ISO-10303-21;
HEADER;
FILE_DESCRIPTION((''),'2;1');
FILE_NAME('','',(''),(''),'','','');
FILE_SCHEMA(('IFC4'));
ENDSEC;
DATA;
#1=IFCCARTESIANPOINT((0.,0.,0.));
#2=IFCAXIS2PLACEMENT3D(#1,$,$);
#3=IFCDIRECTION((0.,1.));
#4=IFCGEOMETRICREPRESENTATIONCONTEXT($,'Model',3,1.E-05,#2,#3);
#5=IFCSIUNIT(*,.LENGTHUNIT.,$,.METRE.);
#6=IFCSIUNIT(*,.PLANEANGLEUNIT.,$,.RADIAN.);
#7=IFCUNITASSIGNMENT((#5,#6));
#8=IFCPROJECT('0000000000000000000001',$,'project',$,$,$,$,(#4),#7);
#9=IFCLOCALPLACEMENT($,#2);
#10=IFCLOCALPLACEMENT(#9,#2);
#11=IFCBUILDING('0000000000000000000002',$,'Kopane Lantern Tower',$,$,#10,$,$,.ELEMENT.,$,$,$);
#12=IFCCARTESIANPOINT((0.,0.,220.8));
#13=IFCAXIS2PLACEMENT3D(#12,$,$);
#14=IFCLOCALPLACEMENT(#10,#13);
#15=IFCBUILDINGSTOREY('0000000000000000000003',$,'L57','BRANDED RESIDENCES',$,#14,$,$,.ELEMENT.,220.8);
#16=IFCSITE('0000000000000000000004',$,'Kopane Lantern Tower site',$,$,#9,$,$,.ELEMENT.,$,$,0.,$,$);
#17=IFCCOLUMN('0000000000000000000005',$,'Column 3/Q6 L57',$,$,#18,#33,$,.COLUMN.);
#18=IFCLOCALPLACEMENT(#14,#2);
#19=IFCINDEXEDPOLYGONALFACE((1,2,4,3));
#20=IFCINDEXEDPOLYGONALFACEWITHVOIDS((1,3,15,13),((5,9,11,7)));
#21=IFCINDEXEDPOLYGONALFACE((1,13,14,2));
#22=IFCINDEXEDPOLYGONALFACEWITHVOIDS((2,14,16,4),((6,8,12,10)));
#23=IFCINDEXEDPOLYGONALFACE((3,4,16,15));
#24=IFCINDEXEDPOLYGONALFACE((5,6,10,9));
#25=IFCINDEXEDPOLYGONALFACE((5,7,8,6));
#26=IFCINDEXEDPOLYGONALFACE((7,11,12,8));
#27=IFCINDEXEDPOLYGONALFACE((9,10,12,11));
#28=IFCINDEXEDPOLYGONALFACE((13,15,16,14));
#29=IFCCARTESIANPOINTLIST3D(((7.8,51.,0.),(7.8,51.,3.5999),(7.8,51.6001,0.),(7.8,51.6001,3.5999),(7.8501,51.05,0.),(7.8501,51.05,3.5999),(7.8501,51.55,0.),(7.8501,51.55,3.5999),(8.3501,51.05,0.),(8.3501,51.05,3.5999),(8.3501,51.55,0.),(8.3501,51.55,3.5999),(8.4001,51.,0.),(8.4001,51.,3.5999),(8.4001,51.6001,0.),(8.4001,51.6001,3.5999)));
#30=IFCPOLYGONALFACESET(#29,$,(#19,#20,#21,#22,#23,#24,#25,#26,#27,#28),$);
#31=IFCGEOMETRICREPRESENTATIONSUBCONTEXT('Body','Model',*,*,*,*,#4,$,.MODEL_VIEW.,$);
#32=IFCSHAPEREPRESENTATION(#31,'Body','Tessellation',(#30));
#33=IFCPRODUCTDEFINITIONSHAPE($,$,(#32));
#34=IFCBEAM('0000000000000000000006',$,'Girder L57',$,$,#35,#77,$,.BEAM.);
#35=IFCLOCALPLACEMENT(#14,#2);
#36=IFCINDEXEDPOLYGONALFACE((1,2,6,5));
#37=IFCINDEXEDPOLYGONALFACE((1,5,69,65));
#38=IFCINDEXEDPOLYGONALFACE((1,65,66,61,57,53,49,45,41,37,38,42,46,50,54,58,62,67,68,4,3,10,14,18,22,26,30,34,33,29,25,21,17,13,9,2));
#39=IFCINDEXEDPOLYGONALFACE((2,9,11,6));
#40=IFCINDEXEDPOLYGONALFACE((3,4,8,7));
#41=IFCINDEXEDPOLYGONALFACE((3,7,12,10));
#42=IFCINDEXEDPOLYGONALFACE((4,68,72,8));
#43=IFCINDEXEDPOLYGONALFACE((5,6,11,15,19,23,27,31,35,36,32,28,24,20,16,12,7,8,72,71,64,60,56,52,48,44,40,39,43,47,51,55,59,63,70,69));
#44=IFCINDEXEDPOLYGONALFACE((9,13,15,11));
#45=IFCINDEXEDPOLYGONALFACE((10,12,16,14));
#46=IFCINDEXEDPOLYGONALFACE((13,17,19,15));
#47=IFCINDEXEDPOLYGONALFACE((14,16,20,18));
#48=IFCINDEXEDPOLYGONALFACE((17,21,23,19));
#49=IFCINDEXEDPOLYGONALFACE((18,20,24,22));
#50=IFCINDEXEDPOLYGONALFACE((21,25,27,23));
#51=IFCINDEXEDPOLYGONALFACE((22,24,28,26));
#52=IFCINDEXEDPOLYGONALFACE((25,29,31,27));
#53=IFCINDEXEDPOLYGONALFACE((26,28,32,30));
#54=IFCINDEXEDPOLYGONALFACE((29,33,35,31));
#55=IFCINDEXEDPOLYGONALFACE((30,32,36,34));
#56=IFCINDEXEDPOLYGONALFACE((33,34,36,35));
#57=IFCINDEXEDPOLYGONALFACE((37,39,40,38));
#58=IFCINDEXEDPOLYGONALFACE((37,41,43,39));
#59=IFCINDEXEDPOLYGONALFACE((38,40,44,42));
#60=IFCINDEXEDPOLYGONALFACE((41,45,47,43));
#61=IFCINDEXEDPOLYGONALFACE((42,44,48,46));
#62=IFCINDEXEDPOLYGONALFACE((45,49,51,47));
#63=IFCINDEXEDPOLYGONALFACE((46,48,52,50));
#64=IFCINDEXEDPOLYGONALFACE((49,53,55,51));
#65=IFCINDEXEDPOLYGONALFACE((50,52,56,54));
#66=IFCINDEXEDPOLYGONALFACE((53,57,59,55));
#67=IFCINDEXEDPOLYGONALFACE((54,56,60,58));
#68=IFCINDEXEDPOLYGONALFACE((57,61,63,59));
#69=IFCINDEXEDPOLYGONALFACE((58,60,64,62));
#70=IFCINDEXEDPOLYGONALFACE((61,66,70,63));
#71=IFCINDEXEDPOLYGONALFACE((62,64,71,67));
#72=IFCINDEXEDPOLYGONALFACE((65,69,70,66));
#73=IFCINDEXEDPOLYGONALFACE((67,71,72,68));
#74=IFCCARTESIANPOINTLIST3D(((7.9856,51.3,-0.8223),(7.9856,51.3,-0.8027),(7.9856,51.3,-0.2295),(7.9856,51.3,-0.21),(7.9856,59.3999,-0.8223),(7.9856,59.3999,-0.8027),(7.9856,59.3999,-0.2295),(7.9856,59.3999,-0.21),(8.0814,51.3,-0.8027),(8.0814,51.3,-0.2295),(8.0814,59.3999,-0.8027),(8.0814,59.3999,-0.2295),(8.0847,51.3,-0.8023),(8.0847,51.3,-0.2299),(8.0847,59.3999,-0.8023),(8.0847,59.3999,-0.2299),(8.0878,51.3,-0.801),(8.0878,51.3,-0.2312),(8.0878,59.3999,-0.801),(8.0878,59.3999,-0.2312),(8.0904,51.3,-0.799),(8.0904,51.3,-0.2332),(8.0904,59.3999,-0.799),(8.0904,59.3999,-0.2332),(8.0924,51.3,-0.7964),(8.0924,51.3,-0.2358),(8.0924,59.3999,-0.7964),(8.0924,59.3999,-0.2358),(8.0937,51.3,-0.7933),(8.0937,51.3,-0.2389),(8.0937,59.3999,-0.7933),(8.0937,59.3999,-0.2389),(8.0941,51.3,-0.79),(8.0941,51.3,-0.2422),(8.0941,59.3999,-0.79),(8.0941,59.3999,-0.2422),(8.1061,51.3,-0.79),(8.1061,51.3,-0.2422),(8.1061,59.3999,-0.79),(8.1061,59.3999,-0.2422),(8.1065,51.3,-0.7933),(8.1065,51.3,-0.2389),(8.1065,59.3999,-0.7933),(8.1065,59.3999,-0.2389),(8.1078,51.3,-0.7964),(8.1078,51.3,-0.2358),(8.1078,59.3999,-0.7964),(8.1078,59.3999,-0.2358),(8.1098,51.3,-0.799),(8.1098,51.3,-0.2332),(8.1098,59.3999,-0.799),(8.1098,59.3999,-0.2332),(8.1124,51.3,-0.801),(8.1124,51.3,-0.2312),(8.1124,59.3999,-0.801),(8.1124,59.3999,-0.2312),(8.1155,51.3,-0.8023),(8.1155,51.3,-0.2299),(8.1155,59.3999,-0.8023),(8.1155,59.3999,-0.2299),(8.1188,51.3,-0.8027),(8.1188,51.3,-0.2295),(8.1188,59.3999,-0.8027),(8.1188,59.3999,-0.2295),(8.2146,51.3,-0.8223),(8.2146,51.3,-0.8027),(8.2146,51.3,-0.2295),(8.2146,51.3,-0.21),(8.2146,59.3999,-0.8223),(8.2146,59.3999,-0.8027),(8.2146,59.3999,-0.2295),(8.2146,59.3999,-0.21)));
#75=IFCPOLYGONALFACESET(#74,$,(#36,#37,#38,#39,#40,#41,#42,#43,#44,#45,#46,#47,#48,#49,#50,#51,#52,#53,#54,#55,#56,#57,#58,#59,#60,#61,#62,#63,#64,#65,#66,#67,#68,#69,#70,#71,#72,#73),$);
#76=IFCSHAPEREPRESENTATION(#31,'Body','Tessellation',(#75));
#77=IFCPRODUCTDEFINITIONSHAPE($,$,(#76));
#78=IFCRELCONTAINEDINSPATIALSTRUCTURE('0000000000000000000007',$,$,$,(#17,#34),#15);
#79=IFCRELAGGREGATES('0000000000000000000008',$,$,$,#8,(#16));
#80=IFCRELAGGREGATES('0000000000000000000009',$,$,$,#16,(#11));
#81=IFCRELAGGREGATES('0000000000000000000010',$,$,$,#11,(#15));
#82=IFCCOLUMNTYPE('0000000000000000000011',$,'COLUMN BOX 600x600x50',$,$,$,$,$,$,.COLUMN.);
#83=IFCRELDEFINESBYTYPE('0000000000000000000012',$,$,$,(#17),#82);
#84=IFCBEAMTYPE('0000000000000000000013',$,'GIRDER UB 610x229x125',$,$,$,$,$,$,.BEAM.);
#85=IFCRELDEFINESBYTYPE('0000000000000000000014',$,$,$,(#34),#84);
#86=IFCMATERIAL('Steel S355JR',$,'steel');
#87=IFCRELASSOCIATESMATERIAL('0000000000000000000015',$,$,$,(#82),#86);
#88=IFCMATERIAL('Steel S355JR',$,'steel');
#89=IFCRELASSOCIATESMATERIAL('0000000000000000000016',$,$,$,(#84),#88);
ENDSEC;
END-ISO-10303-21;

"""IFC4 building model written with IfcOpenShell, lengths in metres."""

from ifc_helpers import new_model, si_unit, direction, frame, origin, origin_2d, place, context, subcontext, project, spatial, hollow_rectangle, i_section, extrude, material, material_profile, profile_set, type_object, element, save


model = new_model("IFC4")

# Units and contexts
model_context = context("Model", 3, precision=1e-05, world=origin(), true_north=direction((0.0, 1.0)))
body_context = subcontext(model_context, "Body", "Model", "MODEL_VIEW")
ifc_project = project(units=[si_unit("LENGTHUNIT", "METRE"), si_unit("PLANEANGLEUNIT", "RADIAN")], contexts=[model_context])

# Site, building, storey
site_placement = place(None, origin())
site = spatial("IfcSite", under=ifc_project, at=site_placement, Name="Kopane Lantern Tower site", CompositionType="ELEMENT", RefElevation=0.0)
building_placement = place(site_placement, origin())
building = spatial("IfcBuilding", under=site, at=building_placement, Name="Kopane Lantern Tower", CompositionType="ELEMENT")
storey_placement = place(building_placement, frame((0.0, 0.0, 220.8)))
storey = spatial("IfcBuildingStorey", under=building, at=storey_placement, Name="L57", Description="BRANDED RESIDENCES", CompositionType="ELEMENT", Elevation=220.8)

# Column
ifc_material_1 = material(Name="Steel S355JR", Category="steel")
ifc_material_profile_1 = material_profile(ifc_material_1, hollow_rectangle(XDim=0.6001, YDim=0.6001, WallThickness=0.05, at=origin_2d()), Name="BOX 600x600x50")
ifc_profile_set_1 = profile_set([ifc_material_profile_1], Name="Steel S355JR")
column_type = type_object("IfcColumnType", Name="COLUMN BOX 600x600x50", PredefinedType="COLUMN", material=ifc_profile_set_1)
column_placement = place(storey_placement, frame((8.1001, 51.3, 0.0), z_axis=(0.0, 0.0, 1.0), x_axis=(1.0, 0.0, 0.0)))
element("IfcColumn", 1, at=column_placement, inside=storey, type_object=column_type, Name="Column 3/Q6 L57", PredefinedType="COLUMN", context=body_context, shape_type="SweptSolid", body=[
    extrude(hollow_rectangle(XDim=0.6001, YDim=0.6001, WallThickness=0.05, at=origin_2d()), origin(), (0.0, 0.0, 1.0), 3.5999),
])

# Beam
ifc_material_2 = material(Name="Steel S355JR", Category="steel")
ifc_material_profile_2 = material_profile(ifc_material_2, i_section(OverallWidth=0.229, OverallDepth=0.6123, WebThickness=0.012, FlangeThickness=0.0195, FilletRadius=0.0127, at=origin_2d()), Name="UB 610x229x125")
ifc_profile_set_2 = profile_set([ifc_material_profile_2], Name="Steel S355JR")
beam_type = type_object("IfcBeamType", Name="GIRDER UB 610x229x125", PredefinedType="BEAM", material=ifc_profile_set_2)
beam_placement = place(storey_placement, frame((8.1001, 51.3, -0.5161), z_axis=(0.0, 1.0, 0.0), x_axis=(-1.0, 0.0, 0.0)))
element("IfcBeam", 2, at=beam_placement, inside=storey, type_object=beam_type, Name="Girder L57", PredefinedType="BEAM", context=body_context, shape_type="SweptSolid", body=[
    extrude(i_section(OverallWidth=0.229, OverallDepth=0.6123, WebThickness=0.012, FlangeThickness=0.0195, FilletRadius=0.0127, at=origin_2d()), origin(), (0.0, 0.0, 1.0), 8.0999),
])

save(model, "model.ifc")
